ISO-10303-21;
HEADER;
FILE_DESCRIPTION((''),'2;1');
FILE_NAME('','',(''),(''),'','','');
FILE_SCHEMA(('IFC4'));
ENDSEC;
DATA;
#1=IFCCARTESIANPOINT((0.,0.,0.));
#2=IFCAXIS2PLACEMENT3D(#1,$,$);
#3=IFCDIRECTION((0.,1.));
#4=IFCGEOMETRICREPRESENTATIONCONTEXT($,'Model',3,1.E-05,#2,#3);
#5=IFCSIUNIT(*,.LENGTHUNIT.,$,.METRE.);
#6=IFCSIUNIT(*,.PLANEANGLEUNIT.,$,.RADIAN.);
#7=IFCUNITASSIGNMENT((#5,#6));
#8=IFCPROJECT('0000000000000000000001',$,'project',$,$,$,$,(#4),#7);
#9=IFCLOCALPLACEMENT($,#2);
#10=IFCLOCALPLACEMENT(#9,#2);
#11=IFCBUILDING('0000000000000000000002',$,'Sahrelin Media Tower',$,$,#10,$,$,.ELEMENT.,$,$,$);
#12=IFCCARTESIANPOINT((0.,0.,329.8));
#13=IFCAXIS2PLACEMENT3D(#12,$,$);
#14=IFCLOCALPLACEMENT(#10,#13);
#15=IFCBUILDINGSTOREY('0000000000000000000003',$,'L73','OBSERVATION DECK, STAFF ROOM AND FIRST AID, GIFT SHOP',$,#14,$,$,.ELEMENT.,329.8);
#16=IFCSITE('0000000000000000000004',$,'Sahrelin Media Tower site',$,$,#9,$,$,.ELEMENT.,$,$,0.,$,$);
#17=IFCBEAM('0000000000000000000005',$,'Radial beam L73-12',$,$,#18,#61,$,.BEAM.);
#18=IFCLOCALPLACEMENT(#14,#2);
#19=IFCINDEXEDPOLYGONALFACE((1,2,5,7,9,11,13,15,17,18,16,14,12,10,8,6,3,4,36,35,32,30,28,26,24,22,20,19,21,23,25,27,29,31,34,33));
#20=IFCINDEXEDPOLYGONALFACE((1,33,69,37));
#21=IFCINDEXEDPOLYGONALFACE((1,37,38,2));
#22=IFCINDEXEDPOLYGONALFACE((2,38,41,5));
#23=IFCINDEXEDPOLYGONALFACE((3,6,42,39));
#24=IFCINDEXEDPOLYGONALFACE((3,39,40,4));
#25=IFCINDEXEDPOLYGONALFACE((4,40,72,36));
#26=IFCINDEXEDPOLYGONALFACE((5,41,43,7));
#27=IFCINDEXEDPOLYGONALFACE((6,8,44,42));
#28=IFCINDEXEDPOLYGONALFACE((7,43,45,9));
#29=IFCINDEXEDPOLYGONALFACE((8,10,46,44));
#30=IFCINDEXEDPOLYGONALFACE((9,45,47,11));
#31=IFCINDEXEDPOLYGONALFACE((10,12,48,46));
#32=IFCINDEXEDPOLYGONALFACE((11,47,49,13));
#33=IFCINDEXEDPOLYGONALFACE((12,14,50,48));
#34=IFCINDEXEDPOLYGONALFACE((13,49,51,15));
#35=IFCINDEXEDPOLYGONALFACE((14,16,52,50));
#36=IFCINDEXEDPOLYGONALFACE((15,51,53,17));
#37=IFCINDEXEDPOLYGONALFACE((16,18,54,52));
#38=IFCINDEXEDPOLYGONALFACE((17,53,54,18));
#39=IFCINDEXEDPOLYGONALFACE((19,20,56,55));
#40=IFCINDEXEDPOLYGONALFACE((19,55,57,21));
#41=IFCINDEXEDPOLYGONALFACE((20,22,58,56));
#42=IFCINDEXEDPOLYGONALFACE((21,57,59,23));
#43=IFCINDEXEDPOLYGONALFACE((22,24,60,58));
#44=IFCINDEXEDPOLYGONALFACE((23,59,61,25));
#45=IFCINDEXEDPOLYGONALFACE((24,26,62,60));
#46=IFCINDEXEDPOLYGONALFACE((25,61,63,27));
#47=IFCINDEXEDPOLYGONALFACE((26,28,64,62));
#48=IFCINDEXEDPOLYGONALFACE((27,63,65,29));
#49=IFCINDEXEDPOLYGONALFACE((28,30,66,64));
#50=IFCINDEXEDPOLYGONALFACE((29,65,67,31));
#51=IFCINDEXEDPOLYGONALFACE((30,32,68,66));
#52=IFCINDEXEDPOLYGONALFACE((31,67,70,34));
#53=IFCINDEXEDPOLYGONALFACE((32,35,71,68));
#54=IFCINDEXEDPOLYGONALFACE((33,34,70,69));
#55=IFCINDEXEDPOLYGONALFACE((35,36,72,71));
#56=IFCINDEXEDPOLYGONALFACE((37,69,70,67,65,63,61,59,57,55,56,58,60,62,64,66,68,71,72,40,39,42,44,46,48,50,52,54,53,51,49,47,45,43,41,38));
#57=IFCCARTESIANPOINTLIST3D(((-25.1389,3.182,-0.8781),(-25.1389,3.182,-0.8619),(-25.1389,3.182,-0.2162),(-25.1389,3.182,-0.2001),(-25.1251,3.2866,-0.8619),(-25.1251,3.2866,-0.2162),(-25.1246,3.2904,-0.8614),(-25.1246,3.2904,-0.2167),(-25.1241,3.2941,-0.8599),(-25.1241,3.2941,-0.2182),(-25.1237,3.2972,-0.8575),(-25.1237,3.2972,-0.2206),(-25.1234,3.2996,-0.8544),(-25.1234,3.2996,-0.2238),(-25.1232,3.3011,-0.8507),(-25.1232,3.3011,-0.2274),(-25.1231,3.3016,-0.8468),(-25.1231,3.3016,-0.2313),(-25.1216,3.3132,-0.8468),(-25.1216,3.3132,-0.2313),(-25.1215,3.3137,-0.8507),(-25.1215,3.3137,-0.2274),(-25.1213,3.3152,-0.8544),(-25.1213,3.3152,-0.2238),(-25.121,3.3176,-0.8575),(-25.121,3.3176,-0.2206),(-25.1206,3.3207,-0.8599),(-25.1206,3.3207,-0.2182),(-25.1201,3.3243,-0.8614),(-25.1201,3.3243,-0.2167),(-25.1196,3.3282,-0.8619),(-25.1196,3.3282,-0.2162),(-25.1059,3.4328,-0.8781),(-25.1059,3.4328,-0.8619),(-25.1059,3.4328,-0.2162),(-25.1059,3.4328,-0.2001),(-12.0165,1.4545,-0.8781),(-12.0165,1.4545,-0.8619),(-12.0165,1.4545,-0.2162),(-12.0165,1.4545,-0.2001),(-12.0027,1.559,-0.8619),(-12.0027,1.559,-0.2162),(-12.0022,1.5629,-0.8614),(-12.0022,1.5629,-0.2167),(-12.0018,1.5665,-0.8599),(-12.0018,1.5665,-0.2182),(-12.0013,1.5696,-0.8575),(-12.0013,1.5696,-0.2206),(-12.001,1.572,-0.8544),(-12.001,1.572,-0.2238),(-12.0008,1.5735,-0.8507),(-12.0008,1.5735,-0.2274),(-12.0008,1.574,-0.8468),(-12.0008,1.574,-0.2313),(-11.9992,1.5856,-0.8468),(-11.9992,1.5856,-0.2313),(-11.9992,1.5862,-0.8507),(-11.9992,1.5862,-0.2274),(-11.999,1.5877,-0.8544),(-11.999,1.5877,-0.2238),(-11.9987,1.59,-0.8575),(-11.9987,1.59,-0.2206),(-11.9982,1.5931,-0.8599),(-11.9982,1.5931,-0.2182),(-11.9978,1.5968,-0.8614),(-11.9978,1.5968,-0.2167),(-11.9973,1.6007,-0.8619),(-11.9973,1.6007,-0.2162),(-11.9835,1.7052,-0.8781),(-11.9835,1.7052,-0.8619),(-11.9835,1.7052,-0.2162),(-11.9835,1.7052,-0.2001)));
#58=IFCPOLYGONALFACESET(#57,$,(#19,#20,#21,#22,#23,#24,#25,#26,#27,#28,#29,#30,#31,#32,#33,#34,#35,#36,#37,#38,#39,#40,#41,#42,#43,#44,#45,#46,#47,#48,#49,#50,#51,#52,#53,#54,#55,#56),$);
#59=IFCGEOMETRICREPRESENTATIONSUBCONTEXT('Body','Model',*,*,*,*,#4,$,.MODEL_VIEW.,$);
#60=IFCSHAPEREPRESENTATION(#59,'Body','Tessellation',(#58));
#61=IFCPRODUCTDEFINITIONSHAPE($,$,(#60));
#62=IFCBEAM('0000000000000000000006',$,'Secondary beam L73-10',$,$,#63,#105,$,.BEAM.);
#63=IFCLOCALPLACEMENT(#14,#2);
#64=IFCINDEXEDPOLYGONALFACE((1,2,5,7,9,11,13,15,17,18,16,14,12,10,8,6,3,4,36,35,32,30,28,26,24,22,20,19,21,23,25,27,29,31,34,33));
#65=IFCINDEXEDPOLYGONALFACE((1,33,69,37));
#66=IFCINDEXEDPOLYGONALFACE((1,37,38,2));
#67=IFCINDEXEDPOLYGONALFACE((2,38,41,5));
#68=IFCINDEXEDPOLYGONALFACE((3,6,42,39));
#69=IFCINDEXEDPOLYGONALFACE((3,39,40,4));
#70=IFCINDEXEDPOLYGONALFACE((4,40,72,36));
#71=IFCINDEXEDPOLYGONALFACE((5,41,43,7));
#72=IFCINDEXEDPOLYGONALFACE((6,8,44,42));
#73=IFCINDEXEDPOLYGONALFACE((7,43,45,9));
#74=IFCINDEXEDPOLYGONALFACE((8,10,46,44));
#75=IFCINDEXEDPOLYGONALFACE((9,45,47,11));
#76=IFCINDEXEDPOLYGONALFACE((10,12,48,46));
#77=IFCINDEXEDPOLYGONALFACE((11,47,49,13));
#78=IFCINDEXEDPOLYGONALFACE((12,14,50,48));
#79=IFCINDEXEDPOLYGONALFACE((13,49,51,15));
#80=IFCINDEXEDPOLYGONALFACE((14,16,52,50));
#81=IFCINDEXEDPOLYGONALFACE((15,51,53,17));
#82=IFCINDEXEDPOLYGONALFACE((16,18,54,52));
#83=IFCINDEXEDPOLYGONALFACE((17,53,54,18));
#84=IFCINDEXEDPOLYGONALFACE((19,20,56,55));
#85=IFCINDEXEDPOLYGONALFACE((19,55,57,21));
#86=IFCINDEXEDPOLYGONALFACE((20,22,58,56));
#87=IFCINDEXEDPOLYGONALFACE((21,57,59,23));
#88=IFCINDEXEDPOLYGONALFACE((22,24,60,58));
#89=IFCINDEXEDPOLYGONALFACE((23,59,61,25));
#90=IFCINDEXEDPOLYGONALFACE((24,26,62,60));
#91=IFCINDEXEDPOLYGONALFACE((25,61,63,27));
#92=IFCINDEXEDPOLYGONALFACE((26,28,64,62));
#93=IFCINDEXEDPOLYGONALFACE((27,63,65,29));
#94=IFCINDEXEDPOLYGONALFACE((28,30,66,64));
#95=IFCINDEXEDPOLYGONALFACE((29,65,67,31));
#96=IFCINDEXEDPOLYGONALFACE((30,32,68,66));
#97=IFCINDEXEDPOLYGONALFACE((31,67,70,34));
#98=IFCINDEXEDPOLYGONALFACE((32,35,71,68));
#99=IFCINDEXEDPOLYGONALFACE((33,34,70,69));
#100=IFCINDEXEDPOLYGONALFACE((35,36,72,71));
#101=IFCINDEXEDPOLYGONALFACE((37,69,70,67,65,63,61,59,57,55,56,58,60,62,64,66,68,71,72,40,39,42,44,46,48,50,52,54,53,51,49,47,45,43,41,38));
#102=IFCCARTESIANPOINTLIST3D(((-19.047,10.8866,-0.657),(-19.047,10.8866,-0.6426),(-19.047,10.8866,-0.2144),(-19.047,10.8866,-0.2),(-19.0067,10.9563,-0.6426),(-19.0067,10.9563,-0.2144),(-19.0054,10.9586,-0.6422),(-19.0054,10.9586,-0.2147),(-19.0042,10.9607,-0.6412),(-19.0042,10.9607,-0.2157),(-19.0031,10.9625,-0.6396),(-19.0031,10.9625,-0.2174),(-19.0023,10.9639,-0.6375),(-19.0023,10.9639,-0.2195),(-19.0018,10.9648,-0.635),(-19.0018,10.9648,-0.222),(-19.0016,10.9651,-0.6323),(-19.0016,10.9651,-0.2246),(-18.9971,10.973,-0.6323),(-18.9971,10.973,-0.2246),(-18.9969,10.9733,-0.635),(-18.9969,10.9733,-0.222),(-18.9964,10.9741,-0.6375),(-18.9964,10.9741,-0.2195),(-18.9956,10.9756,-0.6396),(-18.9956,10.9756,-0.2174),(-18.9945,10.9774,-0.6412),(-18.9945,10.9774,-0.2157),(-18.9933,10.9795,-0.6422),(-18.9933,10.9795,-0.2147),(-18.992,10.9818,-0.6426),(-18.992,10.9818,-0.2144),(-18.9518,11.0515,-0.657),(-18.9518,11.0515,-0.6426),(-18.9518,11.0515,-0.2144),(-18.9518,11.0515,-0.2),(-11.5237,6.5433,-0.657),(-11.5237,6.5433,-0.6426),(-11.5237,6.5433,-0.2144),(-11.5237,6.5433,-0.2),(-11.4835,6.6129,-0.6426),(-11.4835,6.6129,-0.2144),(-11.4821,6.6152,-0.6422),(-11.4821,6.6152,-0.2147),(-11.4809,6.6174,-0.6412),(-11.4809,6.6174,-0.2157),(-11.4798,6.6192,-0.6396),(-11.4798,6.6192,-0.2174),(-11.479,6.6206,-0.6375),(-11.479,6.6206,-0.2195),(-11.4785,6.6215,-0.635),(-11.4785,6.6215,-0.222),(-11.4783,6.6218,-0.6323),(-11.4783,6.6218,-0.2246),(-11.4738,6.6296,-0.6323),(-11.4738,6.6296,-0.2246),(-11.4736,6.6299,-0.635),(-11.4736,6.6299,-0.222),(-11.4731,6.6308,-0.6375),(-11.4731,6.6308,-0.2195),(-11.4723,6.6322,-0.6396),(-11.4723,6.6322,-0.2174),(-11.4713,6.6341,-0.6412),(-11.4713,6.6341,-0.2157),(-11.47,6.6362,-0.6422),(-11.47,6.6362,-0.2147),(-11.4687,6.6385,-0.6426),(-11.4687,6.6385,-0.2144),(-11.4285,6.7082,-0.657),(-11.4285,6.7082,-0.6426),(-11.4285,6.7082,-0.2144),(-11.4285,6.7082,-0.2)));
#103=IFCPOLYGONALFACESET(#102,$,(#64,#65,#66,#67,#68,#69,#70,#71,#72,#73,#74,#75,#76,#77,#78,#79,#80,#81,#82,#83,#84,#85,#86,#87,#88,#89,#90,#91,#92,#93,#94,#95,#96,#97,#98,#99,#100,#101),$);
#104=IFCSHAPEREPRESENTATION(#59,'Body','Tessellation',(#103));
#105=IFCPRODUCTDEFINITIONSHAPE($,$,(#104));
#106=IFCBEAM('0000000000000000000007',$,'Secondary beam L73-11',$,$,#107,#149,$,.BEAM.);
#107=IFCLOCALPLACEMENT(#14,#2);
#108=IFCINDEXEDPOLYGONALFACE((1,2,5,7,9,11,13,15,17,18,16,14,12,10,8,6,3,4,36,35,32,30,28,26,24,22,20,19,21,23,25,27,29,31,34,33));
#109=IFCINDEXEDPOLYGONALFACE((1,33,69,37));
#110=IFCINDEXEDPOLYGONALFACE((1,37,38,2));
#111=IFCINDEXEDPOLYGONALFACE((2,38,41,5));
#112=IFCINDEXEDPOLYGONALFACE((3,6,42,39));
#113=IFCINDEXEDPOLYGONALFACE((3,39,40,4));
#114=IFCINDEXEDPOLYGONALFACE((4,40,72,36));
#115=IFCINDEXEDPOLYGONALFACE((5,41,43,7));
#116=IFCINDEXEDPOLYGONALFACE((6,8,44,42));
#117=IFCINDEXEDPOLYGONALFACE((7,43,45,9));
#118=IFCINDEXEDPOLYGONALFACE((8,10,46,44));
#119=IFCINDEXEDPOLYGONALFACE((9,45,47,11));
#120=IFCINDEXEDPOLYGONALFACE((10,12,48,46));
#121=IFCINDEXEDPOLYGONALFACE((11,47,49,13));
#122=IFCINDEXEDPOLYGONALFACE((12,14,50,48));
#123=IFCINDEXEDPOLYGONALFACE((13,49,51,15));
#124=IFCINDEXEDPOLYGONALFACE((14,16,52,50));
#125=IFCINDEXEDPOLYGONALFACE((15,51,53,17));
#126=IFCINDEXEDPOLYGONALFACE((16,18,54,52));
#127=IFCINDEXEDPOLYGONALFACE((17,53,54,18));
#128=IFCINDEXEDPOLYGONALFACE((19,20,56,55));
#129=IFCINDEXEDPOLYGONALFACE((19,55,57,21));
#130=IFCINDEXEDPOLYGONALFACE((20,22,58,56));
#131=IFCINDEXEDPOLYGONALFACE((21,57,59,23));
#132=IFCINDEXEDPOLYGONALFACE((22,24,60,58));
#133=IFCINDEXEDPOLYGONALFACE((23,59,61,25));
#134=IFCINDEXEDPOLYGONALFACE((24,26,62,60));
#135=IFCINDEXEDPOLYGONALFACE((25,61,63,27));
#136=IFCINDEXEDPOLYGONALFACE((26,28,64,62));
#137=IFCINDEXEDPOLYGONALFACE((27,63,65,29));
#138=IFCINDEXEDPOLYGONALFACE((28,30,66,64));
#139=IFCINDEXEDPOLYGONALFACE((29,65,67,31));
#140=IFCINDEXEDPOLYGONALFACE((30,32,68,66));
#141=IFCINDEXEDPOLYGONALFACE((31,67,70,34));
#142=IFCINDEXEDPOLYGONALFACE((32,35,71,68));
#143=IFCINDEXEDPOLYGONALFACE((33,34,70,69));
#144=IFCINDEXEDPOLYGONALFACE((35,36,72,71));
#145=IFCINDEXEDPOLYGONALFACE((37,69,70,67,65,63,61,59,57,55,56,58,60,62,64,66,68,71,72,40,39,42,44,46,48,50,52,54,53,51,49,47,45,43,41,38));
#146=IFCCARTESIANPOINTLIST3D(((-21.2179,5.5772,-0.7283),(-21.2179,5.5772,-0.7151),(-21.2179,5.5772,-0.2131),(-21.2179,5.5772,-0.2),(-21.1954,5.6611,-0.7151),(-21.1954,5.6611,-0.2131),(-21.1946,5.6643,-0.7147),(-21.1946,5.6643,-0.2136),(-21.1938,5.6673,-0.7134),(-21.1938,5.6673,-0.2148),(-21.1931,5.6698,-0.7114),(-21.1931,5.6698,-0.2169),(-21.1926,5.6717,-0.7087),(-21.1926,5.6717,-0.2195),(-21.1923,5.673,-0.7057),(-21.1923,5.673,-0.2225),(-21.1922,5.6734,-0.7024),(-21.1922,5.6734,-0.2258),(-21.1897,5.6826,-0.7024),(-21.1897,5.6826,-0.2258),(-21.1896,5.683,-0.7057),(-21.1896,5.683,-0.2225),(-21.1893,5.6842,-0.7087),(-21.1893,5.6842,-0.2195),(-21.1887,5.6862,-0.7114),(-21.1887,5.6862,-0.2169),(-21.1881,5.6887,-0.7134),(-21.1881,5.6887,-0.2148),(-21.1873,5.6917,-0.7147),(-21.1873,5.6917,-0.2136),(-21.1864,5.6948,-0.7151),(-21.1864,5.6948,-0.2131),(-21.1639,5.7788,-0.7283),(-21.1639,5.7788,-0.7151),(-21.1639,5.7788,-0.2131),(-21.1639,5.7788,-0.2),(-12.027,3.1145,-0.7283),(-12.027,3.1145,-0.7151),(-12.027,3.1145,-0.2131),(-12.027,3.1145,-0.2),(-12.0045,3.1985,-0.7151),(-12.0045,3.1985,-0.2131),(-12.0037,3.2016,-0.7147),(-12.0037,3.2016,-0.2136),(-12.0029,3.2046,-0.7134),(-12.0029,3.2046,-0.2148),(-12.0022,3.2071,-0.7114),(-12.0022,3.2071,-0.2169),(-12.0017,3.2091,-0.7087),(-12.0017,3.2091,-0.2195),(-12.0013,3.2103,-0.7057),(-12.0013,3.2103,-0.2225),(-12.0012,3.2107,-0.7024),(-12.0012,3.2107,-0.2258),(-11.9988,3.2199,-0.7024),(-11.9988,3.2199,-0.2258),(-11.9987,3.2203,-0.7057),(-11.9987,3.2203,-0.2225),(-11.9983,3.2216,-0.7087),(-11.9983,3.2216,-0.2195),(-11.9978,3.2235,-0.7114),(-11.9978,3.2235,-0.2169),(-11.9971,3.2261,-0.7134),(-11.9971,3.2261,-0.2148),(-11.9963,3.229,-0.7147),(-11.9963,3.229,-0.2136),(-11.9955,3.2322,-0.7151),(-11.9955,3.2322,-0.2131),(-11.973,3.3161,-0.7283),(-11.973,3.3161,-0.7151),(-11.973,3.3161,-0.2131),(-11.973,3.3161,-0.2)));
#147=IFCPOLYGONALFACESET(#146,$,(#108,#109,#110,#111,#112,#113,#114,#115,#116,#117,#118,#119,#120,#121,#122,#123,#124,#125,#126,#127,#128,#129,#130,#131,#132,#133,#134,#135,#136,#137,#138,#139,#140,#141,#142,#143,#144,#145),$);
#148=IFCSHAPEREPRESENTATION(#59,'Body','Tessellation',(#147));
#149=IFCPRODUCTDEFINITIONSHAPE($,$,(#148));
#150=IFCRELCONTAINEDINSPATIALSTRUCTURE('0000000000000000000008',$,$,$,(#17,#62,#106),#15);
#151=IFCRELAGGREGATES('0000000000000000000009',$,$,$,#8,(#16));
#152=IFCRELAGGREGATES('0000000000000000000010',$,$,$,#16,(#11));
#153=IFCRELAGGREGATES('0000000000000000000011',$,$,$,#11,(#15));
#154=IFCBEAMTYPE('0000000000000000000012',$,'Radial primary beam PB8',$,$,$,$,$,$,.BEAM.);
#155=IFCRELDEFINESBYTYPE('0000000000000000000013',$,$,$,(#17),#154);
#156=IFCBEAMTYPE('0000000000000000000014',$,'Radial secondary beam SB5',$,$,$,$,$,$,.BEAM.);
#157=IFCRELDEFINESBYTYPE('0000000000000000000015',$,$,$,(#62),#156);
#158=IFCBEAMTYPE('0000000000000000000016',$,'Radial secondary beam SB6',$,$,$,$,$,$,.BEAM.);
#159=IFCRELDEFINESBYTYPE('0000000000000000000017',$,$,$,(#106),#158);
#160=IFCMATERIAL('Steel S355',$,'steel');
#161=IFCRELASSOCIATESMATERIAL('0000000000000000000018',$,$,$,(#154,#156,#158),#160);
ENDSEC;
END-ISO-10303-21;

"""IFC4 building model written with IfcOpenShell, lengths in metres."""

from ifc_helpers import new_model, si_unit, direction, frame, origin, origin_2d, place, context, subcontext, project, spatial, i_section, extrude, material, material_profile, profile_set, type_object, element, save


model = new_model("IFC4")

# Units and contexts
model_context = context("Model", 3, precision=1e-05, world=origin(), true_north=direction((0.0, 1.0)))
body_context = subcontext(model_context, "Body", "Model", "MODEL_VIEW")
ifc_project = project(units=[si_unit("LENGTHUNIT", "METRE"), si_unit("PLANEANGLEUNIT", "RADIAN")], contexts=[model_context])

# Site, building, storey
site_placement = place(None, origin())
site = spatial("IfcSite", under=ifc_project, at=site_placement, Name="Sahrelin Media Tower site", CompositionType="ELEMENT", RefElevation=0.0)
building_placement = place(site_placement, origin())
building = spatial("IfcBuilding", under=site, at=building_placement, Name="Sahrelin Media Tower", CompositionType="ELEMENT")
storey_placement = place(building_placement, frame((0.0, 0.0, 329.8)))
storey = spatial("IfcBuildingStorey", under=building, at=storey_placement, Name="L73", Description="OBSERVATION DECK, STAFF ROOM AND FIRST AID, GIFT SHOP", CompositionType="ELEMENT", Elevation=329.8)

# Shared definitions
ifc_material_1 = material(Name="Steel S355", Category="steel")

# Beams
ifc_material_profile_1 = material_profile(ifc_material_1, i_section(OverallWidth=0.2529, OverallDepth=0.678, WebThickness=0.0117, FlangeThickness=0.0161, FilletRadius=0.0151, at=origin_2d()), Name="UB 686x254x125")
ifc_profile_set_1 = profile_set([ifc_material_profile_1], Name="Steel S355")
beam_type_1 = type_object("IfcBeamType", Name="Radial primary beam PB8", PredefinedType="BEAM", material=ifc_profile_set_1)
beam_1_placement = place(storey_placement, frame((-12.0, 1.5798, -0.5391), z_axis=(-0.991445, 0.130523, 0.0), x_axis=(-0.130523, -0.991445, 0.0)))
element("IfcBeam", 1, at=beam_1_placement, inside=storey, type_object=beam_type_1, Name="Radial beam L73-12", PredefinedType="BEAM", context=body_context, shape_type="SweptSolid", body=[
    extrude(i_section(OverallWidth=0.2529, OverallDepth=0.678, WebThickness=0.0117, FlangeThickness=0.0161, FilletRadius=0.0151, at=origin_2d()), origin(), (0.0, 0.0, 1.0), 13.2356),
])
ifc_material_profile_2 = material_profile(ifc_material_1, i_section(OverallWidth=0.1904, OverallDepth=0.457, WebThickness=0.009, FlangeThickness=0.0144, FilletRadius=0.0103, at=origin_2d()), Name="UB 457x191x74")
ifc_profile_set_2 = profile_set([ifc_material_profile_2], Name="Steel S355")
beam_type_2 = type_object("IfcBeamType", Name="Radial secondary beam SB5", PredefinedType="BEAM", material=ifc_profile_set_2)
beam_2_placement = place(storey_placement, frame((-11.4761, 6.6257, -0.4285), z_axis=(-0.866038, 0.499978, 0.0), x_axis=(-0.499978, -0.866038, 0.0)))
element("IfcBeam", 2, at=beam_2_placement, inside=storey, type_object=beam_type_2, Name="Secondary beam L73-10", PredefinedType="BEAM", context=body_context, shape_type="SweptSolid", body=[
    extrude(i_section(OverallWidth=0.1904, OverallDepth=0.457, WebThickness=0.009, FlangeThickness=0.0144, FilletRadius=0.0103, at=origin_2d()), origin(), (0.0, 0.0, 1.0), 8.687),
])
ifc_material_profile_3 = material_profile(ifc_material_1, i_section(OverallWidth=0.2087, OverallDepth=0.5283, WebThickness=0.0095, FlangeThickness=0.0132, FilletRadius=0.0127, at=origin_2d()), Name="UB 533x210x82")
ifc_profile_set_3 = profile_set([ifc_material_profile_3], Name="Steel S355")
beam_type_3 = type_object("IfcBeamType", Name="Radial secondary beam SB6", PredefinedType="BEAM", material=ifc_profile_set_3)
beam_3_placement = place(storey_placement, frame((-12.0, 3.2153, -0.4641), z_axis=(-0.965927, 0.258814, 0.0), x_axis=(-0.258814, -0.965927, 0.0)))
element("IfcBeam", 3, at=beam_3_placement, inside=storey, type_object=beam_type_3, Name="Secondary beam L73-11", PredefinedType="BEAM", context=body_context, shape_type="SweptSolid", body=[
    extrude(i_section(OverallWidth=0.2087, OverallDepth=0.5283, WebThickness=0.0095, FlangeThickness=0.0132, FilletRadius=0.0127, at=origin_2d()), origin(), (0.0, 0.0, 1.0), 9.5151),
])

save(model, "model.ifc")
